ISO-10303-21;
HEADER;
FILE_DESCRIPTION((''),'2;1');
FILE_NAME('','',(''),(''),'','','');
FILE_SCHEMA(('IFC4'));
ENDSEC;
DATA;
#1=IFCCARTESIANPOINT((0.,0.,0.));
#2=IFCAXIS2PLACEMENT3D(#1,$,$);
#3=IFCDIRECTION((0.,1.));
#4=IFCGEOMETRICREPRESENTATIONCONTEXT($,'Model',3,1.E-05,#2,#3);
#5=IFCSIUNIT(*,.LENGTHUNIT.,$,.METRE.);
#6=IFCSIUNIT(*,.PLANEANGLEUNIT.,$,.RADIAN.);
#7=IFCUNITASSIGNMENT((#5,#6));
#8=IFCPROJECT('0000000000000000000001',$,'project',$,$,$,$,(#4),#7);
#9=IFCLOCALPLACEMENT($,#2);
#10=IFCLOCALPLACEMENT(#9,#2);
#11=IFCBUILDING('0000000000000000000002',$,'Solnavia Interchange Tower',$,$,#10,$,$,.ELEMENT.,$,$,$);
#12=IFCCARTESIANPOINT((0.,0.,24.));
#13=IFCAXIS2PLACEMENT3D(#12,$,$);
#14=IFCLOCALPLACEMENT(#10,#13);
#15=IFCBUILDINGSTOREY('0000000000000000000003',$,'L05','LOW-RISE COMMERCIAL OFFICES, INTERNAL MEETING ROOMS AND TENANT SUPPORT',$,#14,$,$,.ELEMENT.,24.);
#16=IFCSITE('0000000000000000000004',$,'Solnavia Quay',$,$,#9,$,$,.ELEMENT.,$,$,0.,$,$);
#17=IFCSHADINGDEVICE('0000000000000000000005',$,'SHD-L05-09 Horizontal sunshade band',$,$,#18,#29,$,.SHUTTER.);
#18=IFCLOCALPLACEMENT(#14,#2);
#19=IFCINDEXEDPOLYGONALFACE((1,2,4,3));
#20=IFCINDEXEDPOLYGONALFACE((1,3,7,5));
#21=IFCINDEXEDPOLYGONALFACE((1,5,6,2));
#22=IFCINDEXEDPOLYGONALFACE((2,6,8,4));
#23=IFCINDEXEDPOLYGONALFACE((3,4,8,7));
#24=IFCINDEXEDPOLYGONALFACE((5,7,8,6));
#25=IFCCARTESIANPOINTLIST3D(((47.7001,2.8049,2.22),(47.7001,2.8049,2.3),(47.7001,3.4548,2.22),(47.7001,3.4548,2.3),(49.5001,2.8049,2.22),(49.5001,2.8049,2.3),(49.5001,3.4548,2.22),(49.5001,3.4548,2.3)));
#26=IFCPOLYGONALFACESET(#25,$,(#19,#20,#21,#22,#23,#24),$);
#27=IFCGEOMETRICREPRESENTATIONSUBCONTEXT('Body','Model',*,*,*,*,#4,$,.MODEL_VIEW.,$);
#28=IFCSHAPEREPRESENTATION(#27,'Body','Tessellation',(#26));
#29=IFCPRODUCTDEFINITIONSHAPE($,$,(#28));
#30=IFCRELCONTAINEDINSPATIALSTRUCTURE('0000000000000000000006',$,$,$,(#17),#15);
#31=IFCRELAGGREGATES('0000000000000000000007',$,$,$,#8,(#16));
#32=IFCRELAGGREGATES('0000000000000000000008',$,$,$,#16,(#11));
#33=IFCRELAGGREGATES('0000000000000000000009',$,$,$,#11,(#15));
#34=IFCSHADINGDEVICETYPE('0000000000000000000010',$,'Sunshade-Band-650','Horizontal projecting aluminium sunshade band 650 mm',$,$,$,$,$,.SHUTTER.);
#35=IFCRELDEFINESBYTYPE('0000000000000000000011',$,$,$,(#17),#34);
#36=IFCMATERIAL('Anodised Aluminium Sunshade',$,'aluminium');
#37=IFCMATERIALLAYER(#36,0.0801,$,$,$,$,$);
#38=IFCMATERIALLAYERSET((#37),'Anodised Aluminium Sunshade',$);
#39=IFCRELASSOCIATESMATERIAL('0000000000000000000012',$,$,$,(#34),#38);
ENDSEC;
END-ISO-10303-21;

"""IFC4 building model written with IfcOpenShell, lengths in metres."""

from ifc_helpers import new_model, si_unit, direction, frame, origin, origin_2d, place, context, subcontext, project, spatial, rectangle, extrude, material, layer, layer_set, type_object, element, save


model = new_model("IFC4")

# Units and contexts
model_context = context("Model", 3, precision=1e-05, world=origin(), true_north=direction((0.0, 1.0)))
body_context = subcontext(model_context, "Body", "Model", "MODEL_VIEW")
ifc_project = project(units=[si_unit("LENGTHUNIT", "METRE"), si_unit("PLANEANGLEUNIT", "RADIAN")], contexts=[model_context])

# Site, building, storey
site_placement = place(None, origin())
site = spatial("IfcSite", under=ifc_project, at=site_placement, Name="Solnavia Quay", CompositionType="ELEMENT", RefElevation=0.0)
building_placement = place(site_placement, origin())
building = spatial("IfcBuilding", under=site, at=building_placement, Name="Solnavia Interchange Tower", CompositionType="ELEMENT")
storey_placement = place(building_placement, frame((0.0, 0.0, 24.0)))
storey = spatial("IfcBuildingStorey", under=building, at=storey_placement, Name="L05", Description="LOW-RISE COMMERCIAL OFFICES, INTERNAL MEETING ROOMS AND TENANT SUPPORT", CompositionType="ELEMENT", Elevation=24.0)

# Shading device
ifc_material_1 = material(Name="Anodised Aluminium Sunshade", Category="aluminium")
ifc_layer_1 = layer(ifc_material_1, 0.0801)
ifc_layer_set_1 = layer_set([ifc_layer_1], Name="Anodised Aluminium Sunshade")
shading_device_type = type_object("IfcShadingDeviceType", Name="Sunshade-Band-650", Description="Horizontal projecting aluminium sunshade band 650 mm", PredefinedType="SHUTTER", material=ifc_layer_set_1)
shading_device_placement = place(storey_placement, frame((48.6001, 3.1299, 2.22), z_axis=(0.0, 0.0, 1.0), x_axis=(-1.0, 0.0, 0.0)))
element("IfcShadingDevice", 1, at=shading_device_placement, inside=storey, type_object=shading_device_type, Name="SHD-L05-09 Horizontal sunshade band", PredefinedType="SHUTTER", context=body_context, shape_type="SweptSolid", body=[
    extrude(rectangle(XDim=1.8, YDim=0.6499, at=origin_2d()), origin(), (0.0, 0.0, 1.0), 0.0801),
])

save(model, "model.ifc")
